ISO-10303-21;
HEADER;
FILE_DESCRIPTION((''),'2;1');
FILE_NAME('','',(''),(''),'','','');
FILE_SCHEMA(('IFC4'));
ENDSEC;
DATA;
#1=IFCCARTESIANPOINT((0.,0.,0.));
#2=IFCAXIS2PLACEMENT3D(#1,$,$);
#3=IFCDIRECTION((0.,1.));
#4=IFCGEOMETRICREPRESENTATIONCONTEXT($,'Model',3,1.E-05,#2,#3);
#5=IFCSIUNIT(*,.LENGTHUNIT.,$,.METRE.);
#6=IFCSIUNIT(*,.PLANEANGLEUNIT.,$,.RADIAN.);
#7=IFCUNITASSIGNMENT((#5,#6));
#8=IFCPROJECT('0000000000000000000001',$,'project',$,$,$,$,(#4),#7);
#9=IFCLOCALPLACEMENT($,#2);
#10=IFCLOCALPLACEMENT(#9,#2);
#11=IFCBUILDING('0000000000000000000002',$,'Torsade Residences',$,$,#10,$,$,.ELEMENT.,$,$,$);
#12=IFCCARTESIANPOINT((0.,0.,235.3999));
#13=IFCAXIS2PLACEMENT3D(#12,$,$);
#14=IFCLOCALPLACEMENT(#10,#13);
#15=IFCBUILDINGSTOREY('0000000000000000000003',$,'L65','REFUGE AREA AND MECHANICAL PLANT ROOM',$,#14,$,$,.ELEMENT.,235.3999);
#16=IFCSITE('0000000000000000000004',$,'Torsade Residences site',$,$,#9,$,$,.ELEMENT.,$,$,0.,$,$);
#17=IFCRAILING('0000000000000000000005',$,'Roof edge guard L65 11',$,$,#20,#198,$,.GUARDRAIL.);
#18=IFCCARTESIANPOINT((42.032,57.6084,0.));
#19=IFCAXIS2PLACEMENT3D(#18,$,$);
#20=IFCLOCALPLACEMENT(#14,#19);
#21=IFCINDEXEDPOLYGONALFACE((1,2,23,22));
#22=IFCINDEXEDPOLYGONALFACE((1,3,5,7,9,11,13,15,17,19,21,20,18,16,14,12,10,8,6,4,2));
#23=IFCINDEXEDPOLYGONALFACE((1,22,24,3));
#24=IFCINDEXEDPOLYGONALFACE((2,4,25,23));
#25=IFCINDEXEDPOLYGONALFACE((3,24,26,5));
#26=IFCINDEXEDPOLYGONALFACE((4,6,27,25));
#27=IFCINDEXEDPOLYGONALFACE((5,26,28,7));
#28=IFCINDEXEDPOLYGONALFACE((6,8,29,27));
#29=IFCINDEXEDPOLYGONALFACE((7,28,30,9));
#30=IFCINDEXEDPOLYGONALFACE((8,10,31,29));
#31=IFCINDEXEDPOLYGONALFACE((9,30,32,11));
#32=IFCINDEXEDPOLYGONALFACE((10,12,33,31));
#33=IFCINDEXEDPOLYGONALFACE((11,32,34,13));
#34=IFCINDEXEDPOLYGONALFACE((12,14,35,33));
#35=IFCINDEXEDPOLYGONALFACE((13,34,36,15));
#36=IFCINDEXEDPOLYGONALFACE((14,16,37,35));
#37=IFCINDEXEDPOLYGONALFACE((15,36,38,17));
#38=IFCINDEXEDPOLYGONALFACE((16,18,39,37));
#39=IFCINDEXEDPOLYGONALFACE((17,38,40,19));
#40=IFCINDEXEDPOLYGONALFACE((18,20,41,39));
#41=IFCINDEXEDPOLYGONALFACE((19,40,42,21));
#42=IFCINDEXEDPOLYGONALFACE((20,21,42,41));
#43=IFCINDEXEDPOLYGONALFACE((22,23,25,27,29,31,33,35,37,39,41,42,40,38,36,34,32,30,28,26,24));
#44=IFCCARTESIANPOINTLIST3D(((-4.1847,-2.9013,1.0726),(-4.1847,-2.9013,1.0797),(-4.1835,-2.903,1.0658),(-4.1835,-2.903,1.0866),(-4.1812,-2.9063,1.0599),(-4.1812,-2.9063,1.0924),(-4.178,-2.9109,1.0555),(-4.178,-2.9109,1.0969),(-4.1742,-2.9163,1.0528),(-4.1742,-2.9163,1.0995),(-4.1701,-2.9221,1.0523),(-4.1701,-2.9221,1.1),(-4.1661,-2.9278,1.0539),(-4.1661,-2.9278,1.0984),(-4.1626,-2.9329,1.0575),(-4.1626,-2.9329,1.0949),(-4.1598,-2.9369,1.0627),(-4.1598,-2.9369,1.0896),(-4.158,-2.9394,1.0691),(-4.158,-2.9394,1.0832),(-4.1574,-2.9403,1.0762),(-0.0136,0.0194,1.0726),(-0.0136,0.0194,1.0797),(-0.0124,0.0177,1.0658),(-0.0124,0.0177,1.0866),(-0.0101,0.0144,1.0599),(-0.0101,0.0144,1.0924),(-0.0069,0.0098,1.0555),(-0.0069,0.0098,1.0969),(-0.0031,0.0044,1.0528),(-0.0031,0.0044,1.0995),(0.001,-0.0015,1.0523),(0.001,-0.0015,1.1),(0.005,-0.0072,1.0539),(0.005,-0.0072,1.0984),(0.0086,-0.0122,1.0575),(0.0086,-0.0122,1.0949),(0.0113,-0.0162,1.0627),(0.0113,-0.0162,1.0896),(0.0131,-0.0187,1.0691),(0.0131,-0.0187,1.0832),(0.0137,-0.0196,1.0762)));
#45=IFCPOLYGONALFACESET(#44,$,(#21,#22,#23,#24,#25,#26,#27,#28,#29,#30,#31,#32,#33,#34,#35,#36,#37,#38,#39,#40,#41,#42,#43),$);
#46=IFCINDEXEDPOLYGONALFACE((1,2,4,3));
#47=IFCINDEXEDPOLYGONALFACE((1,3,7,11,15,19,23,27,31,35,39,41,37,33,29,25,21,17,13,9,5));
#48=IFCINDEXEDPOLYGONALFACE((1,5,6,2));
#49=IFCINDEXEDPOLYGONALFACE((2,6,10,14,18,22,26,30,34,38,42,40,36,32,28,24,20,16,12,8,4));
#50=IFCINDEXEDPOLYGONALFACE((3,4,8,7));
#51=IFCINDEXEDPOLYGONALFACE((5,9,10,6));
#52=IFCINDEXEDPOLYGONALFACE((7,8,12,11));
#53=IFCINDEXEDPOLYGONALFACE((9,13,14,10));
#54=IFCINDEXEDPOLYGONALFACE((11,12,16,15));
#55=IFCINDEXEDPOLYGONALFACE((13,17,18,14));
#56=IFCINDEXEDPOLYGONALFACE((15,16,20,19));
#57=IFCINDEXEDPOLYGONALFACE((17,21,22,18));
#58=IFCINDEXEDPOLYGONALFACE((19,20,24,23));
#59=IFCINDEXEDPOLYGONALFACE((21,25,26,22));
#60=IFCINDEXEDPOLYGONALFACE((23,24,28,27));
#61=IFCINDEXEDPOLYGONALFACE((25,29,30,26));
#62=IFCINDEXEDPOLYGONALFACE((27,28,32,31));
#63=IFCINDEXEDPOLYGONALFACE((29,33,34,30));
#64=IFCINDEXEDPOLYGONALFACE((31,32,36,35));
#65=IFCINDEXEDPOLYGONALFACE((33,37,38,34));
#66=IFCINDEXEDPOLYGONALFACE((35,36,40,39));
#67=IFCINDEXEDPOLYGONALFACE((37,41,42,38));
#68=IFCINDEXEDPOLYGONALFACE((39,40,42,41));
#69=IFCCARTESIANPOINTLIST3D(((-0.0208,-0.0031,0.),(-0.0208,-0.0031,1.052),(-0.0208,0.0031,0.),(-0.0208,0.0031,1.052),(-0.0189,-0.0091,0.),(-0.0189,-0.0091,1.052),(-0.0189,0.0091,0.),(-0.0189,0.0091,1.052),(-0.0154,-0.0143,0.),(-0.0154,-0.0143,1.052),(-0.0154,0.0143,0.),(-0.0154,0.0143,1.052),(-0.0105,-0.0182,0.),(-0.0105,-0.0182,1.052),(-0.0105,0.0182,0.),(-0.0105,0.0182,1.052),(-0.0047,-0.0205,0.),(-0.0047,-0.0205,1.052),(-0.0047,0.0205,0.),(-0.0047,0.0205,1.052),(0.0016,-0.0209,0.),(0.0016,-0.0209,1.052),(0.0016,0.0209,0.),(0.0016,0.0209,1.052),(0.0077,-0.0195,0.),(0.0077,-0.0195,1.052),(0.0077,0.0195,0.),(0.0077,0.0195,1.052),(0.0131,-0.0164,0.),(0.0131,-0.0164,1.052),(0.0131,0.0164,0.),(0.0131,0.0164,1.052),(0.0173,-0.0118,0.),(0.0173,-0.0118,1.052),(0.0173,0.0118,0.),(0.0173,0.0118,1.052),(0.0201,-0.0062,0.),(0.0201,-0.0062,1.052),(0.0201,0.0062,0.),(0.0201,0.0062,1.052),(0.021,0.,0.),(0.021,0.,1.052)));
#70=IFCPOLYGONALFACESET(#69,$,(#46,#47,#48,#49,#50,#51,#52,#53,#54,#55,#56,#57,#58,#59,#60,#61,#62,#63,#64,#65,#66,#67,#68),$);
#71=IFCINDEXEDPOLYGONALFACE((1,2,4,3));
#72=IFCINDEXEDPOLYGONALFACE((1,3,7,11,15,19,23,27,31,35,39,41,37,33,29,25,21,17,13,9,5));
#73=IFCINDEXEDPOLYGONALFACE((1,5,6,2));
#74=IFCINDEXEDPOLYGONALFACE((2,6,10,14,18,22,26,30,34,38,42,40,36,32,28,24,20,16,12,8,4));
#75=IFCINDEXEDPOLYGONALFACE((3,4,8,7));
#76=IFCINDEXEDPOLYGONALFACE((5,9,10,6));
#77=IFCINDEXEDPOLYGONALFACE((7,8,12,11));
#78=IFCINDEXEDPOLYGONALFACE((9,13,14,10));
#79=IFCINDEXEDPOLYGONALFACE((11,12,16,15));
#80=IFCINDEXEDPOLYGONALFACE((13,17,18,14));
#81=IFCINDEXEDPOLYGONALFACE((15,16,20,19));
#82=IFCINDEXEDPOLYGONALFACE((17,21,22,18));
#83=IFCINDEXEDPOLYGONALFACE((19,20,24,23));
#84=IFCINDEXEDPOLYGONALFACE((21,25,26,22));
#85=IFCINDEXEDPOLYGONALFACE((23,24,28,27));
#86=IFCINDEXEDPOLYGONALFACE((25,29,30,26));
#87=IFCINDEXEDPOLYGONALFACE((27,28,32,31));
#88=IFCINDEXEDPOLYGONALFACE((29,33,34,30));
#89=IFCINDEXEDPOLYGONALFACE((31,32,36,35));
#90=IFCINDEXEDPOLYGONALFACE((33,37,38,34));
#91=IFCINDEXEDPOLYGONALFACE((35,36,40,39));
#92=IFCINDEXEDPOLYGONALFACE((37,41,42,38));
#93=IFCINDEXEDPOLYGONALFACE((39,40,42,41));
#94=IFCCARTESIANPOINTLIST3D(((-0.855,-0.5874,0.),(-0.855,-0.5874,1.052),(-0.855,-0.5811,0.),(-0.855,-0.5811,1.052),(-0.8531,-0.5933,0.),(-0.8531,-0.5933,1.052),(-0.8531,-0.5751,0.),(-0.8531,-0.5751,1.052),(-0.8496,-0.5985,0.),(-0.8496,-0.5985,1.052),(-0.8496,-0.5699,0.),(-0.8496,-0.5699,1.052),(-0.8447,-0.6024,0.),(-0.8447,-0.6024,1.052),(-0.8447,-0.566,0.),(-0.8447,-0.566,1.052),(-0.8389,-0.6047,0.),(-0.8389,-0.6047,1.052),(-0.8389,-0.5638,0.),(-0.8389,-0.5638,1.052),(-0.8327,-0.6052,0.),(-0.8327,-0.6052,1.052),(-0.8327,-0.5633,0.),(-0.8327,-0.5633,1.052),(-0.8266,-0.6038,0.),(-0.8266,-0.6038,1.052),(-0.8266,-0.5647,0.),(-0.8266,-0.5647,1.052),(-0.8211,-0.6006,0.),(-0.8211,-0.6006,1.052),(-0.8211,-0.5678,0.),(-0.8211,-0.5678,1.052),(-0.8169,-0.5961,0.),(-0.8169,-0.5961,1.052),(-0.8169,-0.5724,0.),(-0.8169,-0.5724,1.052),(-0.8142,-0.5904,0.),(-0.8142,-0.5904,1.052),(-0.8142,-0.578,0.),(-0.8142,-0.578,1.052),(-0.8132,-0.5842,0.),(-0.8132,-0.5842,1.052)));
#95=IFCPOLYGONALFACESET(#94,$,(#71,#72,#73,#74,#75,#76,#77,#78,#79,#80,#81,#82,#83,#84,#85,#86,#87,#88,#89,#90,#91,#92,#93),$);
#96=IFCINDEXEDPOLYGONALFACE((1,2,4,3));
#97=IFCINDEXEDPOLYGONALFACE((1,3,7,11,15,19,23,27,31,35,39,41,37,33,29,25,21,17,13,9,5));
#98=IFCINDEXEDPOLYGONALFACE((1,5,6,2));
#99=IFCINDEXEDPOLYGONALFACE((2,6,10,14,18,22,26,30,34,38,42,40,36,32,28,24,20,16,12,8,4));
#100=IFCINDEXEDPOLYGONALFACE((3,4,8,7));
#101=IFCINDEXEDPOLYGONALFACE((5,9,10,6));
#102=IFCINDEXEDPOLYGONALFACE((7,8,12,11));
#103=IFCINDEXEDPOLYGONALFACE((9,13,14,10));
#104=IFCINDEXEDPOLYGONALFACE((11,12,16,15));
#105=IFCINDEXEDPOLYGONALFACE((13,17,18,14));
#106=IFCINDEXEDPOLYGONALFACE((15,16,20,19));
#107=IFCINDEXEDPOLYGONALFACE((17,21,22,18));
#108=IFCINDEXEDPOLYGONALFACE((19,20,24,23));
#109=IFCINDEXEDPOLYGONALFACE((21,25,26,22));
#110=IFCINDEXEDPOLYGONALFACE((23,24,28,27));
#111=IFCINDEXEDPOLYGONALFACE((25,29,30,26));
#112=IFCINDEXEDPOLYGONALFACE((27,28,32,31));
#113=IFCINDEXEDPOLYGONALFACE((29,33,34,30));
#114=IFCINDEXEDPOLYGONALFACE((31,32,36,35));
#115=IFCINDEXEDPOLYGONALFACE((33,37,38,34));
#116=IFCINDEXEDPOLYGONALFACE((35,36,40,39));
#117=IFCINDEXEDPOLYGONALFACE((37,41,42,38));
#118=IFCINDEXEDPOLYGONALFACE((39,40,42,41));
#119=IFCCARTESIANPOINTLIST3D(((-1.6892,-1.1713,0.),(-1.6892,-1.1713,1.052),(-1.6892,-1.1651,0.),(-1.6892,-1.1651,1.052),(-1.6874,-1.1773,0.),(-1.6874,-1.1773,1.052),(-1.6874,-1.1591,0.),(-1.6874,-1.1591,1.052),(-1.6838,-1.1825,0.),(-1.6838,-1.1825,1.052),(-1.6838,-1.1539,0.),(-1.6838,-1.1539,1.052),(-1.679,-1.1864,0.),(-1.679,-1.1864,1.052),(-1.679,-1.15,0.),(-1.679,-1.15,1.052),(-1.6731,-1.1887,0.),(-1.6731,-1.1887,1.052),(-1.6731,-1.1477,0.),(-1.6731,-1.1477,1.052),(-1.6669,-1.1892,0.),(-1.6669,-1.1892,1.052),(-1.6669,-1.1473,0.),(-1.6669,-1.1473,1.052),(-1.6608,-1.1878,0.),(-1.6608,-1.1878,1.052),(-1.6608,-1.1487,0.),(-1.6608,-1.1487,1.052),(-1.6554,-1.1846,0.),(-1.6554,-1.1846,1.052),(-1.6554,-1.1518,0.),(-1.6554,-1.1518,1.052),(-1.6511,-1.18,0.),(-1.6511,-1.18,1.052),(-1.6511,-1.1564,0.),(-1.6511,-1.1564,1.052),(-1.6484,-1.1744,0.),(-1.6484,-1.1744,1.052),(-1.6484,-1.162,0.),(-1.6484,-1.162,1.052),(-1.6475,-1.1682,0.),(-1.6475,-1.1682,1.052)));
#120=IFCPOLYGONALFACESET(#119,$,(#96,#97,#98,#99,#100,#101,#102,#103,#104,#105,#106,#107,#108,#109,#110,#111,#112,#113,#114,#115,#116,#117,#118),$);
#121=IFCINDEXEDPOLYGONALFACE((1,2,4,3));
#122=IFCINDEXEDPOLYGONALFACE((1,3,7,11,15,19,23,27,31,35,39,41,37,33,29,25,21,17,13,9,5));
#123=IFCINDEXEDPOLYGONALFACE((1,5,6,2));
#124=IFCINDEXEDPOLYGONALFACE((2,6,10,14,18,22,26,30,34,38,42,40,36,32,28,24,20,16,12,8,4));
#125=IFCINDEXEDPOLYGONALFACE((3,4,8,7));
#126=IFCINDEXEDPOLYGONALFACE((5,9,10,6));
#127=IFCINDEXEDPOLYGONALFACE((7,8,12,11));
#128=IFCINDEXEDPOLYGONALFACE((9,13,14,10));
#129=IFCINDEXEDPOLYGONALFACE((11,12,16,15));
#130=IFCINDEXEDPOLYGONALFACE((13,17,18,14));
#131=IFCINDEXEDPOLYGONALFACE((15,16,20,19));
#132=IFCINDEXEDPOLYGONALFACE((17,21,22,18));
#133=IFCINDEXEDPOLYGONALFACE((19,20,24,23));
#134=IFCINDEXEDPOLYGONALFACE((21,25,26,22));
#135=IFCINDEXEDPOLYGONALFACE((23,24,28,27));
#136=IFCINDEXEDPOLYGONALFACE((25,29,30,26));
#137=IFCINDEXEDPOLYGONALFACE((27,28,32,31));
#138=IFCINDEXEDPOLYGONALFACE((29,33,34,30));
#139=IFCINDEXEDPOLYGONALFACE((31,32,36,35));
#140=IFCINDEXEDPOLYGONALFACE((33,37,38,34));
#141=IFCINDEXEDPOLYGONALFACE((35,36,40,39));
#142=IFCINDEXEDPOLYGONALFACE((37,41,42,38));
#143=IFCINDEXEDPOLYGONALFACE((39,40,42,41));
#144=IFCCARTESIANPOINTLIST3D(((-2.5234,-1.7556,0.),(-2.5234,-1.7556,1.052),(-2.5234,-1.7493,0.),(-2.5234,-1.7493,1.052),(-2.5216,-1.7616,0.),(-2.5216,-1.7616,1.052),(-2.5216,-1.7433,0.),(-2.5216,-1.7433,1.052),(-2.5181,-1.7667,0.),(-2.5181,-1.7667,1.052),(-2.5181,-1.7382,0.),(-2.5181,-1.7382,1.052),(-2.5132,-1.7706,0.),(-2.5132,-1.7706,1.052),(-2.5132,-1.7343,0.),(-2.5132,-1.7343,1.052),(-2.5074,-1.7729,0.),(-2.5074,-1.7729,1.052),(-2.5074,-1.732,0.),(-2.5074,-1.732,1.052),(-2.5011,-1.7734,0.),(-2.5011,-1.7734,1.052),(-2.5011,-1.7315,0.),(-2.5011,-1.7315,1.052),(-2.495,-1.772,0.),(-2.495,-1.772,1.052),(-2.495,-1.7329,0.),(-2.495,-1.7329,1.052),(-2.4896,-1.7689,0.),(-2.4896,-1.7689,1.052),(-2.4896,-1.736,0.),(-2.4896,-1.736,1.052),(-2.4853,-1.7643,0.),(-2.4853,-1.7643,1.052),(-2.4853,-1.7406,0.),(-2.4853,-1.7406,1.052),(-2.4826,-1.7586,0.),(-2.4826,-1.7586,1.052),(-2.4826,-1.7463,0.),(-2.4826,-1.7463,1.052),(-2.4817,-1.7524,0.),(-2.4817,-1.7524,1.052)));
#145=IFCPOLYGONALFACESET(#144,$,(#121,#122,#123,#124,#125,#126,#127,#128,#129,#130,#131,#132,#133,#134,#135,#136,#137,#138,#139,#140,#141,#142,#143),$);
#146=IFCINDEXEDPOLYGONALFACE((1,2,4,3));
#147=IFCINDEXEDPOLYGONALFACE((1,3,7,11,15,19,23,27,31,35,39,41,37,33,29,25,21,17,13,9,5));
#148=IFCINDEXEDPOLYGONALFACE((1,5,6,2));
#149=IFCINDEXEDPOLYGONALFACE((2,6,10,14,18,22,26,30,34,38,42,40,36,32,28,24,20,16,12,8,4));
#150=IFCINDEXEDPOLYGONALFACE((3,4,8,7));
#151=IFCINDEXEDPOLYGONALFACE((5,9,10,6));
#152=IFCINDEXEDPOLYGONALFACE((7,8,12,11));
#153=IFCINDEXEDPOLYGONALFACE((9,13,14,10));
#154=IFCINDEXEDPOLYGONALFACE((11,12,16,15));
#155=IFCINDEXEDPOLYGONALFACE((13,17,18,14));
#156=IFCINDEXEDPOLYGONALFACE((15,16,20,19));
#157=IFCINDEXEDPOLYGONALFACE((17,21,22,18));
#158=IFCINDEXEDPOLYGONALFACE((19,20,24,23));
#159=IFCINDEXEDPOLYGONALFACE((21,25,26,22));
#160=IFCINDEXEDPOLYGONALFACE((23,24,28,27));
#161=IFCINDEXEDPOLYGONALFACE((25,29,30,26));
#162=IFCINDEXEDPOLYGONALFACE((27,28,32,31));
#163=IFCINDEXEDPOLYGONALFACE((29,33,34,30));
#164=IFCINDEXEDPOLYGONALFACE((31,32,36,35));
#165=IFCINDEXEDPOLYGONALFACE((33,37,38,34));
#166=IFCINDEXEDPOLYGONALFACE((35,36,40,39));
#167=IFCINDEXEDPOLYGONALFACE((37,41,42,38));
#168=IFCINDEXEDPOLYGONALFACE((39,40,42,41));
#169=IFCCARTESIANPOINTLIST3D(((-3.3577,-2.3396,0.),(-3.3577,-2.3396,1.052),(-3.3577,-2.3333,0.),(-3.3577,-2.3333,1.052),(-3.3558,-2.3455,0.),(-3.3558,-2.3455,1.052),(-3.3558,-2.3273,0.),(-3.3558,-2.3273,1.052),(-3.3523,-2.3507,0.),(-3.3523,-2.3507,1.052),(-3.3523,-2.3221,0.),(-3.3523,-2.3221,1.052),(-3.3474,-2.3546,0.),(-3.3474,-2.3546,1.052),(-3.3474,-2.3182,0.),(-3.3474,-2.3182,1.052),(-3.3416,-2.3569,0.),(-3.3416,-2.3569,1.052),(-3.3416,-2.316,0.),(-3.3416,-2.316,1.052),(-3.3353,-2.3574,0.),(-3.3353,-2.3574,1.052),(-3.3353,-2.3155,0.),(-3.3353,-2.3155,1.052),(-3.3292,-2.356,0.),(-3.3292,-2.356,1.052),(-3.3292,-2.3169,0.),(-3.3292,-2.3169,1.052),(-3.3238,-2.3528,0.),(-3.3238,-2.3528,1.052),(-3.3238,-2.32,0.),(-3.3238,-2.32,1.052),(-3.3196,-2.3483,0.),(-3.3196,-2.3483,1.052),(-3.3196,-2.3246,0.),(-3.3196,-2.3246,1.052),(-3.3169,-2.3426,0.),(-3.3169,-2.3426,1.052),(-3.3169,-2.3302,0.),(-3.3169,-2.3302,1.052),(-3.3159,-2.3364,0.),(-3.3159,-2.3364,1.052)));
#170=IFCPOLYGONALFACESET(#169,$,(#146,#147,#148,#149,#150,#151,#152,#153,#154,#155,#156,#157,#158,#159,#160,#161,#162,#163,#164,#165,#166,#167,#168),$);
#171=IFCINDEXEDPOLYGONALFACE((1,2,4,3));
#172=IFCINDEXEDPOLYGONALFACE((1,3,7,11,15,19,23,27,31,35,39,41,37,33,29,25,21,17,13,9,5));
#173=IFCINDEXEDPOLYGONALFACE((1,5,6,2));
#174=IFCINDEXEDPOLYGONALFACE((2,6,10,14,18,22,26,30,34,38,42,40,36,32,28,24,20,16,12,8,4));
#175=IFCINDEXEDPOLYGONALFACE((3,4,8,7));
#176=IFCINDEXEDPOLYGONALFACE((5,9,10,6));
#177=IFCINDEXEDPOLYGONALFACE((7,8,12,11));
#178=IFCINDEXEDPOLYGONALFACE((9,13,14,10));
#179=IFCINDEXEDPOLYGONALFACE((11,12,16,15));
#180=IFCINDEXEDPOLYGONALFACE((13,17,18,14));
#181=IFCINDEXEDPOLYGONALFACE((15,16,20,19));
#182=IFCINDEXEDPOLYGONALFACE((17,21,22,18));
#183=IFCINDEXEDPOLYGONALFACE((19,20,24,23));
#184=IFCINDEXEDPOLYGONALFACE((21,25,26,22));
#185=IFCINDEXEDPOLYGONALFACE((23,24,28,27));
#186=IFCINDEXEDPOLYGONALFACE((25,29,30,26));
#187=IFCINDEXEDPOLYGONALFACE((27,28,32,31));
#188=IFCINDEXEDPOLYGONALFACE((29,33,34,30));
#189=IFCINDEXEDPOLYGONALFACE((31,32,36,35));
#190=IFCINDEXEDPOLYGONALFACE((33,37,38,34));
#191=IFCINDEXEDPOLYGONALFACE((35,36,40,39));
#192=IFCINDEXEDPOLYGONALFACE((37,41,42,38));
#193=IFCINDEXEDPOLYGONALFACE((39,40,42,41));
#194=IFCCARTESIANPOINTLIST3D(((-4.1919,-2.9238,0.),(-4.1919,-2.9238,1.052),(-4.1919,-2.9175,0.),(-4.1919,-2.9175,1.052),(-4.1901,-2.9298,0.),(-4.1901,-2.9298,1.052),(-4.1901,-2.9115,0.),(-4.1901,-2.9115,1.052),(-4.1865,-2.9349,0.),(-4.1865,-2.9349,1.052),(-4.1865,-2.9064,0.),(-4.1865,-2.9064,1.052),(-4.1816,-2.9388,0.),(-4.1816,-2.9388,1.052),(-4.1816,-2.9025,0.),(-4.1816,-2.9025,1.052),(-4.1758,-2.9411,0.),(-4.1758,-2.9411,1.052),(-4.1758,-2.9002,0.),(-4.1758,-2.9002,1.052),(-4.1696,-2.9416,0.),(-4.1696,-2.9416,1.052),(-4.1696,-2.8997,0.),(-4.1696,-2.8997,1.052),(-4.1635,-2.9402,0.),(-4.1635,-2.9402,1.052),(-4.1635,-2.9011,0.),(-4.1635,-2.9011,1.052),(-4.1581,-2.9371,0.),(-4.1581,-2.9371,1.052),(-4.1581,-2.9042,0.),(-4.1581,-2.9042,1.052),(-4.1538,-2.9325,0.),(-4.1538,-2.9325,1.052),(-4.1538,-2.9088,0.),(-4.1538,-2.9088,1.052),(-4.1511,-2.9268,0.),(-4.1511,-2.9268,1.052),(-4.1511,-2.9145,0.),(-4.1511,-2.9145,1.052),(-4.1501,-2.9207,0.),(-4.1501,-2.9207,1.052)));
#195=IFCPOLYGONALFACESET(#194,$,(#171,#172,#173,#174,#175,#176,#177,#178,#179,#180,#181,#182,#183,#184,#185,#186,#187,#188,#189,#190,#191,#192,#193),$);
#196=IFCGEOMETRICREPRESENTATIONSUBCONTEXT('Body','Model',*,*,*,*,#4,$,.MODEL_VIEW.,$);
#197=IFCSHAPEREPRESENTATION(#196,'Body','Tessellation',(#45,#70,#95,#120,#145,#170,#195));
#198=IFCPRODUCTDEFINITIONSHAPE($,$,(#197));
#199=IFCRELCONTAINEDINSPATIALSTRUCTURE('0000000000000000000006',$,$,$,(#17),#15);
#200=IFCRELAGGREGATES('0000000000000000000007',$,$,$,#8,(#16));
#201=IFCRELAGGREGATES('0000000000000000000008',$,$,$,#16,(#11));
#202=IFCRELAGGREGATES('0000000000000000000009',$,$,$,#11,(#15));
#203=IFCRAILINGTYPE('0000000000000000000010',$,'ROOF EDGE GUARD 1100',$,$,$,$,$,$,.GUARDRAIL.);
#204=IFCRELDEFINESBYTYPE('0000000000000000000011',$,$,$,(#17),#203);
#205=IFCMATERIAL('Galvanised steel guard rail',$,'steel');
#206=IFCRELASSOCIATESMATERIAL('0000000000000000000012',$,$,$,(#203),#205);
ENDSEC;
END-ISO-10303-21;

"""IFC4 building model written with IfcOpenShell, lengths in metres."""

from ifc_helpers import new_model, si_unit, direction, frame, origin, origin_2d, place, context, subcontext, project, spatial, circle, extrude, material, type_object, element, save


model = new_model("IFC4")

# Units and contexts
model_context = context("Model", 3, precision=1e-05, world=origin(), true_north=direction((0.0, 1.0)))
body_context = subcontext(model_context, "Body", "Model", "MODEL_VIEW")
ifc_project = project(units=[si_unit("LENGTHUNIT", "METRE"), si_unit("PLANEANGLEUNIT", "RADIAN")], contexts=[model_context])

# Site, building, storey
site_placement = place(None, origin())
site = spatial("IfcSite", under=ifc_project, at=site_placement, Name="Torsade Residences site", CompositionType="ELEMENT", RefElevation=0.0)
building_placement = place(site_placement, origin())
building = spatial("IfcBuilding", under=site, at=building_placement, Name="Torsade Residences", CompositionType="ELEMENT")
storey_placement = place(building_placement, frame((0.0, 0.0, 235.3999)))
storey = spatial("IfcBuildingStorey", under=building, at=storey_placement, Name="L65", Description="REFUGE AREA AND MECHANICAL PLANT ROOM", CompositionType="ELEMENT", Elevation=235.3999)

# Railing
ifc_material_1 = material(Name="Galvanised steel guard rail", Category="steel")
railing_type = type_object("IfcRailingType", Name="ROOF EDGE GUARD 1100", PredefinedType="GUARDRAIL", material=ifc_material_1)
railing_1_placement = place(storey_placement, frame((42.032, 57.6084, 0.0)))
element("IfcRailing", 1, at=railing_1_placement, inside=storey, type_object=railing_type, Name="Roof edge guard L65 11", PredefinedType="GUARDRAIL", context=body_context, shape_type="SweptSolid", body=[
    extrude(circle(Radius=0.0239, at=origin_2d()), frame((0.0, 0.0, 1.0762), z_axis=(-0.819153, -0.573575, 0.0), x_axis=(0.573575, -0.819153, 0.0)), (0.0, 0.0, 1.0), 5.092),
    extrude(circle(Radius=0.021, at=origin_2d()), origin(), (0.0, 0.0, 1.0), 1.052),
    extrude(circle(Radius=0.021, at=origin_2d()), frame((-0.8342, -0.5842, 0.0)), (0.0, 0.0, 1.0), 1.052),
    extrude(circle(Radius=0.021, at=origin_2d()), frame((-1.6685, -1.1682, 0.0)), (0.0, 0.0, 1.0), 1.052),
    extrude(circle(Radius=0.021, at=origin_2d()), frame((-2.5027, -1.7524, 0.0)), (0.0, 0.0, 1.0), 1.052),
    extrude(circle(Radius=0.021, at=origin_2d()), frame((-3.3369, -2.3364, 0.0)), (0.0, 0.0, 1.0), 1.052),
    extrude(circle(Radius=0.021, at=origin_2d()), frame((-4.1711, -2.9207, 0.0)), (0.0, 0.0, 1.0), 1.052),
])

save(model, "model.ifc")
